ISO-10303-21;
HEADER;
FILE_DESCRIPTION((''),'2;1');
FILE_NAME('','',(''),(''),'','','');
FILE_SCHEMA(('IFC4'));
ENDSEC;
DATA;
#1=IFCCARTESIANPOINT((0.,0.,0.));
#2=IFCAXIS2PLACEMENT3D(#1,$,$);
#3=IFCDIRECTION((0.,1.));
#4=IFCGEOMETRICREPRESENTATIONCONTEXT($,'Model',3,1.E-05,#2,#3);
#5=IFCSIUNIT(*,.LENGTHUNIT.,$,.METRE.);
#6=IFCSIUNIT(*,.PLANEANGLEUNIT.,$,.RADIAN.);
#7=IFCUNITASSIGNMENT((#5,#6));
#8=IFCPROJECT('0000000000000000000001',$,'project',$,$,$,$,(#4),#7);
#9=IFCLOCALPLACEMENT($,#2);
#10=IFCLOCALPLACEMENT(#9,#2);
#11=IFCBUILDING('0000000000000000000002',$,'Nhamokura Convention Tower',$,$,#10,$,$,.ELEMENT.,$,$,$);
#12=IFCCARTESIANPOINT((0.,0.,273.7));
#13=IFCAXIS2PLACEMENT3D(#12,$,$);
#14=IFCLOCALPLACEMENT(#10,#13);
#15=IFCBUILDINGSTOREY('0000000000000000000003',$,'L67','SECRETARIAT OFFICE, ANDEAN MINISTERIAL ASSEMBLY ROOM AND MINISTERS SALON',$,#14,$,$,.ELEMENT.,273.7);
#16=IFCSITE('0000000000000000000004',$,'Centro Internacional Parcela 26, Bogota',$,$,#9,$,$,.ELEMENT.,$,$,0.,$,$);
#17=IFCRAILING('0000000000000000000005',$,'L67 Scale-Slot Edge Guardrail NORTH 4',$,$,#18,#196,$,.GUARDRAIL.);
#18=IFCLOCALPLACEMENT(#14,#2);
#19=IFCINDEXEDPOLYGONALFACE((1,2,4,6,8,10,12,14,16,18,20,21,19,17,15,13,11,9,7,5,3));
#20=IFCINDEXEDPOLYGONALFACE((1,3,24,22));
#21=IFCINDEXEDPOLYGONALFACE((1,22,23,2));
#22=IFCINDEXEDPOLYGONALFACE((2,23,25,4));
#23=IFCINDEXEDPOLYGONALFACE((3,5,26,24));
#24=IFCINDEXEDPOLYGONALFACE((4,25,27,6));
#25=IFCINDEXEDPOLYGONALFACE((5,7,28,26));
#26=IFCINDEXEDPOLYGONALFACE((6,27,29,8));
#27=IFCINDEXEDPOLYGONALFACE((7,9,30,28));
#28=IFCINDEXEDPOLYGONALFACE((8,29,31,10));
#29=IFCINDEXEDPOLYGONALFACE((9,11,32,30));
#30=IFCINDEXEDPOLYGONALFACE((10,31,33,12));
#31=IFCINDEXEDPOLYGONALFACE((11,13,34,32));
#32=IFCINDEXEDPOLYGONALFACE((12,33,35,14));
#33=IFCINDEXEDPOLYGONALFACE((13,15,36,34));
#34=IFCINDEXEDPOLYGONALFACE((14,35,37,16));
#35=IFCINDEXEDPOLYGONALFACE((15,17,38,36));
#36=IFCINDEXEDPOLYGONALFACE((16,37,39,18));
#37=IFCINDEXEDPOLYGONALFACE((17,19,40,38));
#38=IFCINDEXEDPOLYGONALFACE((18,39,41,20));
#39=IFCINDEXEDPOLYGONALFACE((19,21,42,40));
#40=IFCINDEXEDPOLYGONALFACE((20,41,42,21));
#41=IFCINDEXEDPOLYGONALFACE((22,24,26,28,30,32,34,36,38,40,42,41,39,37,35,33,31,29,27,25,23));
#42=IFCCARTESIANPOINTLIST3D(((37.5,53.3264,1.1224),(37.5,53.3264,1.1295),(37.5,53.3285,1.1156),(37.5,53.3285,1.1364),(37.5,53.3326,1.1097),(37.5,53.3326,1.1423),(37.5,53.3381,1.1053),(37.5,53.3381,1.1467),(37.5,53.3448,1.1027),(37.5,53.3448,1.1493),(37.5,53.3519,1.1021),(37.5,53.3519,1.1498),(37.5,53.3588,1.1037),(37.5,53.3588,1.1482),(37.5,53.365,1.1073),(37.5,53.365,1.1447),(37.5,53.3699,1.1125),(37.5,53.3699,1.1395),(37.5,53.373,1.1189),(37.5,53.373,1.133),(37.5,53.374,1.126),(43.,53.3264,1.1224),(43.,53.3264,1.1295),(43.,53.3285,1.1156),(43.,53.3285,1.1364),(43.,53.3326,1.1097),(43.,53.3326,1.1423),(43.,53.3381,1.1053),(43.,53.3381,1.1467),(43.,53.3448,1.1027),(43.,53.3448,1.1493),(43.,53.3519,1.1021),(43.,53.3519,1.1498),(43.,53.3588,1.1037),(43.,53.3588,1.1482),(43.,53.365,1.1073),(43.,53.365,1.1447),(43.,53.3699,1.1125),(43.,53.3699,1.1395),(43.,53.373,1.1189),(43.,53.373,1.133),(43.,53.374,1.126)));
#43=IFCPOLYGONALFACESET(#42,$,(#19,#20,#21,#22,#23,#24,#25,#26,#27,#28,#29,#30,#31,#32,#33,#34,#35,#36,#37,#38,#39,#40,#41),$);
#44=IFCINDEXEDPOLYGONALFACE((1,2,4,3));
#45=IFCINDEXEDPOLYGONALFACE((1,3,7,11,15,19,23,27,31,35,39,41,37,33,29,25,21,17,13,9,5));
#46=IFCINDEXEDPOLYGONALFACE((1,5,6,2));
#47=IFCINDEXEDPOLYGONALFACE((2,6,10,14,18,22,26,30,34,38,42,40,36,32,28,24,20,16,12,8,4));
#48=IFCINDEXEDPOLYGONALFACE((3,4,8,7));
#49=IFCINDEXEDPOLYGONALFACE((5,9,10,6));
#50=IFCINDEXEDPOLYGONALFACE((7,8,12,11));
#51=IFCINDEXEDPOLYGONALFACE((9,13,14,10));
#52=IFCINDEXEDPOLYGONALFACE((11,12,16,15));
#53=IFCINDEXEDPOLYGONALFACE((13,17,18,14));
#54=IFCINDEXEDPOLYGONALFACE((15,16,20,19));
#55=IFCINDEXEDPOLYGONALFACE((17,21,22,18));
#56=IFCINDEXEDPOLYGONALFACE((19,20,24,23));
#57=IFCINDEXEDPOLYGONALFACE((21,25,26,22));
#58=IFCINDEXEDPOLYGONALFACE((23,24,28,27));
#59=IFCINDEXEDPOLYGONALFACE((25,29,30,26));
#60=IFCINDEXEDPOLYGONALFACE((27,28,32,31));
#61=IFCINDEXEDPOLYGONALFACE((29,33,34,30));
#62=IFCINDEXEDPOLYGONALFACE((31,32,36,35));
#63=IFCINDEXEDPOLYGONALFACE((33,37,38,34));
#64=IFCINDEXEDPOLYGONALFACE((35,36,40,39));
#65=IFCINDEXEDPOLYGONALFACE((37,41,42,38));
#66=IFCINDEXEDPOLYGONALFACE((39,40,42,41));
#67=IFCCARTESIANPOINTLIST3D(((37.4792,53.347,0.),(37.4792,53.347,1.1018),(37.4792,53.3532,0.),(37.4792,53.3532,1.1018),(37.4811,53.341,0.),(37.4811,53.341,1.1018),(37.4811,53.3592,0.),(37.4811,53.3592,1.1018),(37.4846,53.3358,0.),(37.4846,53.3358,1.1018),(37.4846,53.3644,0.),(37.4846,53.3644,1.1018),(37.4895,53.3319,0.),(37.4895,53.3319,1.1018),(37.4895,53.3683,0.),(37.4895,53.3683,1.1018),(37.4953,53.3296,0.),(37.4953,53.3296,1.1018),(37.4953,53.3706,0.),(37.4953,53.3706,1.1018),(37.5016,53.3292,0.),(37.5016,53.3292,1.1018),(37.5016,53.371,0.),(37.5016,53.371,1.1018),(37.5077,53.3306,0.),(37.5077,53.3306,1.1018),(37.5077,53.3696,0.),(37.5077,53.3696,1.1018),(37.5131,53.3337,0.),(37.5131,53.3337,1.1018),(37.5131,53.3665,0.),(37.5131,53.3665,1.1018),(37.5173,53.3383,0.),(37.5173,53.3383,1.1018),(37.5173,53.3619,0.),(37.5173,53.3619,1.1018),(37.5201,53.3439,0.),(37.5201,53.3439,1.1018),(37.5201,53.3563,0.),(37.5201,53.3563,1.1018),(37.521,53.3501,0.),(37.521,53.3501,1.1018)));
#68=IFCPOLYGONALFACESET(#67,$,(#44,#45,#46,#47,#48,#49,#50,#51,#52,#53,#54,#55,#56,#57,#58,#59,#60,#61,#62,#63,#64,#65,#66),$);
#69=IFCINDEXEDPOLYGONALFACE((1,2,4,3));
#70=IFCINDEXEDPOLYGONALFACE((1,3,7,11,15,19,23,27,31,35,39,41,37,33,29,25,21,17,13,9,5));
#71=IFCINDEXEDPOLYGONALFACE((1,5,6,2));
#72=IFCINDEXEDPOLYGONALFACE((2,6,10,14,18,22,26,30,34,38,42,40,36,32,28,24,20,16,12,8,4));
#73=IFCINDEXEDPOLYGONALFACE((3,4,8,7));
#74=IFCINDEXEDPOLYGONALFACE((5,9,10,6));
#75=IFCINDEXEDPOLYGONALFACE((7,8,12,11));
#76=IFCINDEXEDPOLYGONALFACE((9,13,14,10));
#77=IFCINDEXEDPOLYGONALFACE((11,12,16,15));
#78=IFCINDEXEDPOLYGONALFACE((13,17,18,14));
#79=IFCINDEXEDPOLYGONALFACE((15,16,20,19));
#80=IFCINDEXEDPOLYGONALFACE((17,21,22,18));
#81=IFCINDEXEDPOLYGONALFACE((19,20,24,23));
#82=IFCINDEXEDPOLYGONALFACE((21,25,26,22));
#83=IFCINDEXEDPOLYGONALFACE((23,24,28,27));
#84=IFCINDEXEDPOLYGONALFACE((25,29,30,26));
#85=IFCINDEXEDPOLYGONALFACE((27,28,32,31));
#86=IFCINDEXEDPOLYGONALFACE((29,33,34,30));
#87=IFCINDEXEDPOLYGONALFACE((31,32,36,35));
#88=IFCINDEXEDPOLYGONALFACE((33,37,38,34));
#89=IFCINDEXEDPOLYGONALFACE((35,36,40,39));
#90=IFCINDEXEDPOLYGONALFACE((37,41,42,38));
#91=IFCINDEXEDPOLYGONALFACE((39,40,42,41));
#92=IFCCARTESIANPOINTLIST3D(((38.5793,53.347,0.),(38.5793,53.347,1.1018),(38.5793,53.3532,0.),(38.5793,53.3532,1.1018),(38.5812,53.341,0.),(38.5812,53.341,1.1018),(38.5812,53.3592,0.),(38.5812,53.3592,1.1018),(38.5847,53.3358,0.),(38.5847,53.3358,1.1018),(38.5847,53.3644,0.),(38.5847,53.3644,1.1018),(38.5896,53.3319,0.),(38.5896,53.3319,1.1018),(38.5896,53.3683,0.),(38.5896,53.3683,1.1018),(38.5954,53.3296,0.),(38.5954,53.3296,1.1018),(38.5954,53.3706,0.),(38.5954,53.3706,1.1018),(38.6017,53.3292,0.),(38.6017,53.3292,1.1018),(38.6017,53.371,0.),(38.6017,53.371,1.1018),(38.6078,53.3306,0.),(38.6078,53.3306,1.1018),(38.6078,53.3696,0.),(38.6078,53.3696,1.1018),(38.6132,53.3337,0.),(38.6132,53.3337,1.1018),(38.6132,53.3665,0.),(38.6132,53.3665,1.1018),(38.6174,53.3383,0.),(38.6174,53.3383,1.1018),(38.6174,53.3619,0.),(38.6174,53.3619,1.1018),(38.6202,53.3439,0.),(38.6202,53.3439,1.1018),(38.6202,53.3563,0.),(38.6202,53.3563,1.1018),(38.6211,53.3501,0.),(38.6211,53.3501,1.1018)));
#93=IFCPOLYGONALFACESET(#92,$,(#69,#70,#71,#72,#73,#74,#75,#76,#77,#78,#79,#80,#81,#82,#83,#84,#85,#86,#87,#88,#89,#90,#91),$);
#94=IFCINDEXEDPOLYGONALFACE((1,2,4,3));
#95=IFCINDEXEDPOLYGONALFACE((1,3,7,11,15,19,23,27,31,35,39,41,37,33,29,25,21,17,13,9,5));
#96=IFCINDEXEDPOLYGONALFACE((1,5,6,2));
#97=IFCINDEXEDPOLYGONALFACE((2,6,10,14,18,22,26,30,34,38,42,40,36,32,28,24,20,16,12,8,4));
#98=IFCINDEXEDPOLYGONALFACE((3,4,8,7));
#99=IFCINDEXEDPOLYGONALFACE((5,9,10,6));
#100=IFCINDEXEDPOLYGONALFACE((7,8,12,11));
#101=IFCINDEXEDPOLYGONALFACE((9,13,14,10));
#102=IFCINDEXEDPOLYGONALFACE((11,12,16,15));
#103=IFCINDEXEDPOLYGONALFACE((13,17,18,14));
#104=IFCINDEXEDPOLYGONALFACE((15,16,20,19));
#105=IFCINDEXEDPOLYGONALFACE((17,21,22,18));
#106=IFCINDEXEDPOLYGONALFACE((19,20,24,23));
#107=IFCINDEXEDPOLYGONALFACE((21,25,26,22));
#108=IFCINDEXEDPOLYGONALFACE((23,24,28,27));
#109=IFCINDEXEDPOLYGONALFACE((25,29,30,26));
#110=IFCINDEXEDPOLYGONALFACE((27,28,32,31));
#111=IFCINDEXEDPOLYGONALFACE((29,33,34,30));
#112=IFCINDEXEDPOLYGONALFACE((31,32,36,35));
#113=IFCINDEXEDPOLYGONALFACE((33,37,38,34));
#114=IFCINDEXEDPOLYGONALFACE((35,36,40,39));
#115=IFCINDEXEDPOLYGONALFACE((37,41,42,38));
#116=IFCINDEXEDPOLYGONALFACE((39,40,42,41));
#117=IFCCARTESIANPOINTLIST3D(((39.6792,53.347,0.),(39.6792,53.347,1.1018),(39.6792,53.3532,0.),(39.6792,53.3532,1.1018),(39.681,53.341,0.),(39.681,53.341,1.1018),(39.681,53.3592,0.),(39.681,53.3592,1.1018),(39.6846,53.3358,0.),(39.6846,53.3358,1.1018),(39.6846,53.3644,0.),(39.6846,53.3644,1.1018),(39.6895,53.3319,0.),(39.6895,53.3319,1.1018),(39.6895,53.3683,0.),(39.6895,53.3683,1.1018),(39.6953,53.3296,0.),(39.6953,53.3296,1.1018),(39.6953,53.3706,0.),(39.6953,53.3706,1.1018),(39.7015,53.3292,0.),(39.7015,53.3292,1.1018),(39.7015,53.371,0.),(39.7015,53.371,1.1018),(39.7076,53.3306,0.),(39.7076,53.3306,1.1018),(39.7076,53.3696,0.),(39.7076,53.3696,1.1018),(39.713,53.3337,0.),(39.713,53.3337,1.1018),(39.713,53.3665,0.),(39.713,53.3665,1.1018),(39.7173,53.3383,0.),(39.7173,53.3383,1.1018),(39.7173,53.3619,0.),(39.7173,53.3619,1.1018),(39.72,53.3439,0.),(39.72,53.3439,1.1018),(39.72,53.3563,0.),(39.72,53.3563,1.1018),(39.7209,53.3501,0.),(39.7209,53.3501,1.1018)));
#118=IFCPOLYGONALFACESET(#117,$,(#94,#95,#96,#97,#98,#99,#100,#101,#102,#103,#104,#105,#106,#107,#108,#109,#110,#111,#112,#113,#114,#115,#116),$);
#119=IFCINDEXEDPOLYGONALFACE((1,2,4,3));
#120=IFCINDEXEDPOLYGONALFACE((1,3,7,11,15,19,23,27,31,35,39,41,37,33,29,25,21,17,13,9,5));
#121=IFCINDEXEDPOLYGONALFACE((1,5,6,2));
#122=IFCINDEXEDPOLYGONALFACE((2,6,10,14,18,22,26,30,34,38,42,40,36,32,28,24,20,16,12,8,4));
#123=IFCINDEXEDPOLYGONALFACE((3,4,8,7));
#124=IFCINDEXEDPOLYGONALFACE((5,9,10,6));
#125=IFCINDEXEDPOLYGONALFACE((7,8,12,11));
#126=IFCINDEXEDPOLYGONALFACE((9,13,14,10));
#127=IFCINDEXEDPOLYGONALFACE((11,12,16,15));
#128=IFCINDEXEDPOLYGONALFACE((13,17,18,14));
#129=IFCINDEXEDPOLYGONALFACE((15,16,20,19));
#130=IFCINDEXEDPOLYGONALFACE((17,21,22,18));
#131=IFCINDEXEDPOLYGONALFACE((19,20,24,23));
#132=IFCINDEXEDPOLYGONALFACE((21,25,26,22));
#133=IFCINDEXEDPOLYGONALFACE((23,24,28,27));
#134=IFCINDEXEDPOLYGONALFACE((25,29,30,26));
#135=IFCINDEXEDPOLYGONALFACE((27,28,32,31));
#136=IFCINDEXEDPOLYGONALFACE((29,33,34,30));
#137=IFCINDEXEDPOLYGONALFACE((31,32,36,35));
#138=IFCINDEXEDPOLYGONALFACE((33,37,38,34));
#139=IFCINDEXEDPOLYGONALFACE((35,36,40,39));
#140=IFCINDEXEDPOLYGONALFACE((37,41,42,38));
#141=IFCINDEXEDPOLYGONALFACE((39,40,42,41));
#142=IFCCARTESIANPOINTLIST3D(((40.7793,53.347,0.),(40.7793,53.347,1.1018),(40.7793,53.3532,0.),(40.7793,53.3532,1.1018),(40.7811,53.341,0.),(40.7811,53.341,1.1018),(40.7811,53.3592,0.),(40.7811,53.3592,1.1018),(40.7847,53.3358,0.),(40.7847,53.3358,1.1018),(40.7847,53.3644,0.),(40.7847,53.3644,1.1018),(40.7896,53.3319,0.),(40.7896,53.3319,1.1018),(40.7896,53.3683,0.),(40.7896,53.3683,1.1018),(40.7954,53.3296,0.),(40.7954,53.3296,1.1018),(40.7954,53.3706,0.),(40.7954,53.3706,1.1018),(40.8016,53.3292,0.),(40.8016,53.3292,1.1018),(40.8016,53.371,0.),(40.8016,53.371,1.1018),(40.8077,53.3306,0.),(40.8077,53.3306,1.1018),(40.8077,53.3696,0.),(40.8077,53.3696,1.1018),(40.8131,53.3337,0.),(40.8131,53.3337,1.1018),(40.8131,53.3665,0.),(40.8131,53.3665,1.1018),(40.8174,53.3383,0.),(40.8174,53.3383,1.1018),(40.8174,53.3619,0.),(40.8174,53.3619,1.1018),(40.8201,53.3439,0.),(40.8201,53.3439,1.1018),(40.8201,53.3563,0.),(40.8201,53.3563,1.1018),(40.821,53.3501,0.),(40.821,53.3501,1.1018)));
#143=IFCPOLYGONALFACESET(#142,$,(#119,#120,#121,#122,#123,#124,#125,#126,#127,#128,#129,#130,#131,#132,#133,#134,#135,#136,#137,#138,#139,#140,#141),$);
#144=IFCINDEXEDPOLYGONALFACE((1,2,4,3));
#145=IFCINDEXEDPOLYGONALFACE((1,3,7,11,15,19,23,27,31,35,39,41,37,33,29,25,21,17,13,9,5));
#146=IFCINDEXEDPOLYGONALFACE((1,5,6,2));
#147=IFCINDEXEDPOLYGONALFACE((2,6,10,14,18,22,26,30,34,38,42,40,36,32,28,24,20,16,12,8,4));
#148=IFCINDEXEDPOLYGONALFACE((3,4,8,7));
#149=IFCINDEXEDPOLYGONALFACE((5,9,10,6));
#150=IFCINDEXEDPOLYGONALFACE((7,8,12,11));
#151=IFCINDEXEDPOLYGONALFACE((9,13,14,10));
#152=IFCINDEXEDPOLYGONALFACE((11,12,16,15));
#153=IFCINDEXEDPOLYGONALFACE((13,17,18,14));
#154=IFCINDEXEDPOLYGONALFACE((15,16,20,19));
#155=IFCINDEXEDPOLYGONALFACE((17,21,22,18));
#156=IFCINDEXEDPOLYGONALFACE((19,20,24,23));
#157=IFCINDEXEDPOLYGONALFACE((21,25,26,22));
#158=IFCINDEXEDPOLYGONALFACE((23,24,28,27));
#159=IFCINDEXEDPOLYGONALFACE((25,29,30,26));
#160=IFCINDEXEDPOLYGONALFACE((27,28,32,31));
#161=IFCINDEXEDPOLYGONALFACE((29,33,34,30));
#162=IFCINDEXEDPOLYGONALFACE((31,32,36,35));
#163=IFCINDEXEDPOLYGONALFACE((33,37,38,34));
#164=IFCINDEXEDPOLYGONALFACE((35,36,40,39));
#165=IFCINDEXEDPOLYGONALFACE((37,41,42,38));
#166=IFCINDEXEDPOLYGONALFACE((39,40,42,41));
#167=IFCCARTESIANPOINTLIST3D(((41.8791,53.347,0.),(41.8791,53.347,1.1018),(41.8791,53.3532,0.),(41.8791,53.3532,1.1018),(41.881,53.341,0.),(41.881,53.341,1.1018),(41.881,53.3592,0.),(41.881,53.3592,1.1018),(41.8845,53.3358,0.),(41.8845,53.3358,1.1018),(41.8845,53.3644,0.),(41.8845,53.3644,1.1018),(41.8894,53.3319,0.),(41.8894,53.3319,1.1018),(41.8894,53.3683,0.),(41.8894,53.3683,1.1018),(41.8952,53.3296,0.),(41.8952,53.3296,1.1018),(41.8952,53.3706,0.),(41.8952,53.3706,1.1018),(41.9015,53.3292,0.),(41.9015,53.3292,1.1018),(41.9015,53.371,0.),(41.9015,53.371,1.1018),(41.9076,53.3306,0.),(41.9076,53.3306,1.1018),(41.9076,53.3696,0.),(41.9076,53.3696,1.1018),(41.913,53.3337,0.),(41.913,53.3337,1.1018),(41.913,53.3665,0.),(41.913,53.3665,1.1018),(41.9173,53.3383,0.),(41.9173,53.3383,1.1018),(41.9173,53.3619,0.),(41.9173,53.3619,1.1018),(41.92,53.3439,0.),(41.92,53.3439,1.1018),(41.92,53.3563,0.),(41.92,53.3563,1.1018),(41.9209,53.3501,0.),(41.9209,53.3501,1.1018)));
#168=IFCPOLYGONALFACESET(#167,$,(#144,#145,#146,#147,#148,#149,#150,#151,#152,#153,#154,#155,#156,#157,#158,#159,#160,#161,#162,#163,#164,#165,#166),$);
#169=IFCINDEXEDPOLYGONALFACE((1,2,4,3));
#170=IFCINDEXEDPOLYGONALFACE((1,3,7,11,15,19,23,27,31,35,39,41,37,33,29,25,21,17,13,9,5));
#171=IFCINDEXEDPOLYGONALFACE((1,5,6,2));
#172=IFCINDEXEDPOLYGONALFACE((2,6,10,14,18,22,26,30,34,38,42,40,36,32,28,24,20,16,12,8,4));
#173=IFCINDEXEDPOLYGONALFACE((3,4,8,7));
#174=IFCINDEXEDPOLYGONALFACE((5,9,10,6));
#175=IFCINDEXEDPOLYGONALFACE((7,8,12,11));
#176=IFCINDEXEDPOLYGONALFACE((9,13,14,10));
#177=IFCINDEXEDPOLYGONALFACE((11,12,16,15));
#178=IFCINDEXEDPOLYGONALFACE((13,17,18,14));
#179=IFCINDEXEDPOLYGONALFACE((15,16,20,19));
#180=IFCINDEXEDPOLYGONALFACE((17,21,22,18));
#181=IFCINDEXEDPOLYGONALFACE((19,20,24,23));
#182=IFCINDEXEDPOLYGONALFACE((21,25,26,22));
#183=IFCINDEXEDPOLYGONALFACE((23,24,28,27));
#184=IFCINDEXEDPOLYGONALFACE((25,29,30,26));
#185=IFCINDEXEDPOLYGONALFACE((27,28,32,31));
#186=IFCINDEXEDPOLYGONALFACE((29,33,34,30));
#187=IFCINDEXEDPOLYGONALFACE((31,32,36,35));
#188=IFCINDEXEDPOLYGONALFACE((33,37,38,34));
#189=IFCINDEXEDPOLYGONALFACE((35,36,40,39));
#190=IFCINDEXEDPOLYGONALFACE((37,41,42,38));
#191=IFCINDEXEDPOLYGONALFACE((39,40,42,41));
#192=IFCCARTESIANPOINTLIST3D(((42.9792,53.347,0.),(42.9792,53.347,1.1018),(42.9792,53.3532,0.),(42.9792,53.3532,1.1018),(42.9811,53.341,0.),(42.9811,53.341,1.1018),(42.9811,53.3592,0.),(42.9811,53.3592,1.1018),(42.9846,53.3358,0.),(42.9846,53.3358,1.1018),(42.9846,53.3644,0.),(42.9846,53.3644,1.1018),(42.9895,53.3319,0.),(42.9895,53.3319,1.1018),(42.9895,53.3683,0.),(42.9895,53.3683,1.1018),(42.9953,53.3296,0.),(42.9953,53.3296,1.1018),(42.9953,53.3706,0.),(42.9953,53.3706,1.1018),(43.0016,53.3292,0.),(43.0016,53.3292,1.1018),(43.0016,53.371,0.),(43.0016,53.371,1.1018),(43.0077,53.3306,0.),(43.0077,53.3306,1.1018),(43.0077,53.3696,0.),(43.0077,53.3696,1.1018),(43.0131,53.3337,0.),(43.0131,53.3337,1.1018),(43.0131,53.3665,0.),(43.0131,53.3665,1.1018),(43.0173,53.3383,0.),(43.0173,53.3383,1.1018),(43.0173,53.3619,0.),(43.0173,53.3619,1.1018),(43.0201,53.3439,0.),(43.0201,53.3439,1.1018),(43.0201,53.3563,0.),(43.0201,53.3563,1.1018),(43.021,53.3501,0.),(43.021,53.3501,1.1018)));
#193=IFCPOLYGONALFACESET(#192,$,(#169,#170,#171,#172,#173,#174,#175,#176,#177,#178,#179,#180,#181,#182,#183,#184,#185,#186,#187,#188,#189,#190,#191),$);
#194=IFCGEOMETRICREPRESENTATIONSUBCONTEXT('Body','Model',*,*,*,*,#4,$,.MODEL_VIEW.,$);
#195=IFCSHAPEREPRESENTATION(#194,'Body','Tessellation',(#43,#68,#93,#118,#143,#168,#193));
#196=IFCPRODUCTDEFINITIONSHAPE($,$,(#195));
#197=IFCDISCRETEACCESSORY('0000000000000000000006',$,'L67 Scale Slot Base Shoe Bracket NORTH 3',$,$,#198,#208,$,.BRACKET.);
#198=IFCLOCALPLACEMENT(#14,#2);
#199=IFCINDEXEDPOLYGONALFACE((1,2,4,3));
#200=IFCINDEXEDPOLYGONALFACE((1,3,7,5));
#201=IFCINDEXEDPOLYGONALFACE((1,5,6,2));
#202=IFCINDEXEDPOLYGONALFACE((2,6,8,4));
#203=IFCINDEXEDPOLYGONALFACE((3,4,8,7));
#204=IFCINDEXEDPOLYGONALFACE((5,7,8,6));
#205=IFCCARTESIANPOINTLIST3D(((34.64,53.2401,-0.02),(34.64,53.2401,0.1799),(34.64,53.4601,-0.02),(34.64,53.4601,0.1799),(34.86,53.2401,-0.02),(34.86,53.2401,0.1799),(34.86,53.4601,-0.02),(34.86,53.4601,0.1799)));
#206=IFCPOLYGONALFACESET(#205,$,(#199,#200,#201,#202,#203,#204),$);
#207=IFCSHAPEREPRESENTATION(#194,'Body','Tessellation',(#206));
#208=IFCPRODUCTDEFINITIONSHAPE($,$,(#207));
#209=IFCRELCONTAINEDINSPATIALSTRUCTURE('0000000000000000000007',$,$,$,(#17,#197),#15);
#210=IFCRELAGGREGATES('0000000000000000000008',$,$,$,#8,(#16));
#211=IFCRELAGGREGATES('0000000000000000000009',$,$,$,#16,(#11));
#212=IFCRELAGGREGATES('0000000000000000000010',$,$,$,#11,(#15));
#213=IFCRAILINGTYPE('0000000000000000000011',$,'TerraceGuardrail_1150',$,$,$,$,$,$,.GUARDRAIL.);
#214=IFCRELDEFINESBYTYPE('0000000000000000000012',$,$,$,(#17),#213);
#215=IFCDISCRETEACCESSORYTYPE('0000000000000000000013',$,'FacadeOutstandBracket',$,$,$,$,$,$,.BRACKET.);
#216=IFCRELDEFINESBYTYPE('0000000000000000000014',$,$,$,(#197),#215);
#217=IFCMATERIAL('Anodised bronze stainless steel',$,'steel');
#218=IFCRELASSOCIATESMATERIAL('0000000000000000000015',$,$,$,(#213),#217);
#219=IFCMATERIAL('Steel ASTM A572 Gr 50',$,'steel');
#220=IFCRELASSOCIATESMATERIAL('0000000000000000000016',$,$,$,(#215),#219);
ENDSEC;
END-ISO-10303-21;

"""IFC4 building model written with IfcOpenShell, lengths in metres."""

from ifc_helpers import new_model, si_unit, direction, frame, origin, origin_2d, place, context, subcontext, project, spatial, rectangle, circle, extrude, material, type_object, element, save


model = new_model("IFC4")

# Units and contexts
model_context = context("Model", 3, precision=1e-05, world=origin(), true_north=direction((0.0, 1.0)))
body_context = subcontext(model_context, "Body", "Model", "MODEL_VIEW")
ifc_project = project(units=[si_unit("LENGTHUNIT", "METRE"), si_unit("PLANEANGLEUNIT", "RADIAN")], contexts=[model_context])

# Site, building, storey
site_placement = place(None, origin())
site = spatial("IfcSite", under=ifc_project, at=site_placement, Name="Centro Internacional Parcela 26, Bogota", CompositionType="ELEMENT", RefElevation=0.0)
building_placement = place(site_placement, origin())
building = spatial("IfcBuilding", under=site, at=building_placement, Name="Nhamokura Convention Tower", CompositionType="ELEMENT")
storey_placement = place(building_placement, frame((0.0, 0.0, 273.7)))
storey = spatial("IfcBuildingStorey", under=building, at=storey_placement, Name="L67", Description="SECRETARIAT OFFICE, ANDEAN MINISTERIAL ASSEMBLY ROOM AND MINISTERS SALON", CompositionType="ELEMENT", Elevation=273.7)

# Railing
ifc_material_1 = material(Name="Anodised bronze stainless steel", Category="steel")
railing_type = type_object("IfcRailingType", Name="TerraceGuardrail_1150", PredefinedType="GUARDRAIL", material=ifc_material_1)
railing_placement = place(storey_placement, frame((37.5, 53.3501, 0.0)))
element("IfcRailing", 1, at=railing_placement, inside=storey, type_object=railing_type, Name="L67 Scale-Slot Edge Guardrail NORTH 4", PredefinedType="GUARDRAIL", context=body_context, shape_type="SweptSolid", body=[
    extrude(circle(Radius=0.0239, at=origin_2d()), frame((0.0, 0.0, 1.126), z_axis=(1.0, 0.0, 0.0), x_axis=(0.0, 1.0, 0.0)), (0.0, 0.0, 1.0), 5.5),
    extrude(circle(Radius=0.021, at=origin_2d()), origin(), (0.0, 0.0, 1.0), 1.1018),
    extrude(circle(Radius=0.021, at=origin_2d()), frame((1.1001, 0.0, 0.0)), (0.0, 0.0, 1.0), 1.1018),
    extrude(circle(Radius=0.021, at=origin_2d()), frame((2.2, 0.0, 0.0)), (0.0, 0.0, 1.0), 1.1018),
    extrude(circle(Radius=0.021, at=origin_2d()), frame((3.3, 0.0, 0.0)), (0.0, 0.0, 1.0), 1.1018),
    extrude(circle(Radius=0.021, at=origin_2d()), frame((4.3999, 0.0, 0.0)), (0.0, 0.0, 1.0), 1.1018),
    extrude(circle(Radius=0.021, at=origin_2d()), frame((5.5, 0.0, 0.0)), (0.0, 0.0, 1.0), 1.1018),
])

# Discrete accessory
ifc_material_2 = material(Name="Steel ASTM A572 Gr 50", Category="steel")
discrete_accessory_type = type_object("IfcDiscreteAccessoryType", Name="FacadeOutstandBracket", PredefinedType="BRACKET", material=ifc_material_2)
discrete_accessory_placement = place(storey_placement, frame((34.75, 53.3501, -0.02), z_axis=(0.0, 0.0, 1.0), x_axis=(1.0, 0.0, 0.0)))
element("IfcDiscreteAccessory", 2, at=discrete_accessory_placement, inside=storey, type_object=discrete_accessory_type, Name="L67 Scale Slot Base Shoe Bracket NORTH 3", PredefinedType="BRACKET", context=body_context, shape_type="SweptSolid", body=[
    extrude(rectangle(XDim=0.22, YDim=0.22, at=origin_2d()), origin(), (0.0, 0.0, 1.0), 0.2),
])

save(model, "model.ifc")
